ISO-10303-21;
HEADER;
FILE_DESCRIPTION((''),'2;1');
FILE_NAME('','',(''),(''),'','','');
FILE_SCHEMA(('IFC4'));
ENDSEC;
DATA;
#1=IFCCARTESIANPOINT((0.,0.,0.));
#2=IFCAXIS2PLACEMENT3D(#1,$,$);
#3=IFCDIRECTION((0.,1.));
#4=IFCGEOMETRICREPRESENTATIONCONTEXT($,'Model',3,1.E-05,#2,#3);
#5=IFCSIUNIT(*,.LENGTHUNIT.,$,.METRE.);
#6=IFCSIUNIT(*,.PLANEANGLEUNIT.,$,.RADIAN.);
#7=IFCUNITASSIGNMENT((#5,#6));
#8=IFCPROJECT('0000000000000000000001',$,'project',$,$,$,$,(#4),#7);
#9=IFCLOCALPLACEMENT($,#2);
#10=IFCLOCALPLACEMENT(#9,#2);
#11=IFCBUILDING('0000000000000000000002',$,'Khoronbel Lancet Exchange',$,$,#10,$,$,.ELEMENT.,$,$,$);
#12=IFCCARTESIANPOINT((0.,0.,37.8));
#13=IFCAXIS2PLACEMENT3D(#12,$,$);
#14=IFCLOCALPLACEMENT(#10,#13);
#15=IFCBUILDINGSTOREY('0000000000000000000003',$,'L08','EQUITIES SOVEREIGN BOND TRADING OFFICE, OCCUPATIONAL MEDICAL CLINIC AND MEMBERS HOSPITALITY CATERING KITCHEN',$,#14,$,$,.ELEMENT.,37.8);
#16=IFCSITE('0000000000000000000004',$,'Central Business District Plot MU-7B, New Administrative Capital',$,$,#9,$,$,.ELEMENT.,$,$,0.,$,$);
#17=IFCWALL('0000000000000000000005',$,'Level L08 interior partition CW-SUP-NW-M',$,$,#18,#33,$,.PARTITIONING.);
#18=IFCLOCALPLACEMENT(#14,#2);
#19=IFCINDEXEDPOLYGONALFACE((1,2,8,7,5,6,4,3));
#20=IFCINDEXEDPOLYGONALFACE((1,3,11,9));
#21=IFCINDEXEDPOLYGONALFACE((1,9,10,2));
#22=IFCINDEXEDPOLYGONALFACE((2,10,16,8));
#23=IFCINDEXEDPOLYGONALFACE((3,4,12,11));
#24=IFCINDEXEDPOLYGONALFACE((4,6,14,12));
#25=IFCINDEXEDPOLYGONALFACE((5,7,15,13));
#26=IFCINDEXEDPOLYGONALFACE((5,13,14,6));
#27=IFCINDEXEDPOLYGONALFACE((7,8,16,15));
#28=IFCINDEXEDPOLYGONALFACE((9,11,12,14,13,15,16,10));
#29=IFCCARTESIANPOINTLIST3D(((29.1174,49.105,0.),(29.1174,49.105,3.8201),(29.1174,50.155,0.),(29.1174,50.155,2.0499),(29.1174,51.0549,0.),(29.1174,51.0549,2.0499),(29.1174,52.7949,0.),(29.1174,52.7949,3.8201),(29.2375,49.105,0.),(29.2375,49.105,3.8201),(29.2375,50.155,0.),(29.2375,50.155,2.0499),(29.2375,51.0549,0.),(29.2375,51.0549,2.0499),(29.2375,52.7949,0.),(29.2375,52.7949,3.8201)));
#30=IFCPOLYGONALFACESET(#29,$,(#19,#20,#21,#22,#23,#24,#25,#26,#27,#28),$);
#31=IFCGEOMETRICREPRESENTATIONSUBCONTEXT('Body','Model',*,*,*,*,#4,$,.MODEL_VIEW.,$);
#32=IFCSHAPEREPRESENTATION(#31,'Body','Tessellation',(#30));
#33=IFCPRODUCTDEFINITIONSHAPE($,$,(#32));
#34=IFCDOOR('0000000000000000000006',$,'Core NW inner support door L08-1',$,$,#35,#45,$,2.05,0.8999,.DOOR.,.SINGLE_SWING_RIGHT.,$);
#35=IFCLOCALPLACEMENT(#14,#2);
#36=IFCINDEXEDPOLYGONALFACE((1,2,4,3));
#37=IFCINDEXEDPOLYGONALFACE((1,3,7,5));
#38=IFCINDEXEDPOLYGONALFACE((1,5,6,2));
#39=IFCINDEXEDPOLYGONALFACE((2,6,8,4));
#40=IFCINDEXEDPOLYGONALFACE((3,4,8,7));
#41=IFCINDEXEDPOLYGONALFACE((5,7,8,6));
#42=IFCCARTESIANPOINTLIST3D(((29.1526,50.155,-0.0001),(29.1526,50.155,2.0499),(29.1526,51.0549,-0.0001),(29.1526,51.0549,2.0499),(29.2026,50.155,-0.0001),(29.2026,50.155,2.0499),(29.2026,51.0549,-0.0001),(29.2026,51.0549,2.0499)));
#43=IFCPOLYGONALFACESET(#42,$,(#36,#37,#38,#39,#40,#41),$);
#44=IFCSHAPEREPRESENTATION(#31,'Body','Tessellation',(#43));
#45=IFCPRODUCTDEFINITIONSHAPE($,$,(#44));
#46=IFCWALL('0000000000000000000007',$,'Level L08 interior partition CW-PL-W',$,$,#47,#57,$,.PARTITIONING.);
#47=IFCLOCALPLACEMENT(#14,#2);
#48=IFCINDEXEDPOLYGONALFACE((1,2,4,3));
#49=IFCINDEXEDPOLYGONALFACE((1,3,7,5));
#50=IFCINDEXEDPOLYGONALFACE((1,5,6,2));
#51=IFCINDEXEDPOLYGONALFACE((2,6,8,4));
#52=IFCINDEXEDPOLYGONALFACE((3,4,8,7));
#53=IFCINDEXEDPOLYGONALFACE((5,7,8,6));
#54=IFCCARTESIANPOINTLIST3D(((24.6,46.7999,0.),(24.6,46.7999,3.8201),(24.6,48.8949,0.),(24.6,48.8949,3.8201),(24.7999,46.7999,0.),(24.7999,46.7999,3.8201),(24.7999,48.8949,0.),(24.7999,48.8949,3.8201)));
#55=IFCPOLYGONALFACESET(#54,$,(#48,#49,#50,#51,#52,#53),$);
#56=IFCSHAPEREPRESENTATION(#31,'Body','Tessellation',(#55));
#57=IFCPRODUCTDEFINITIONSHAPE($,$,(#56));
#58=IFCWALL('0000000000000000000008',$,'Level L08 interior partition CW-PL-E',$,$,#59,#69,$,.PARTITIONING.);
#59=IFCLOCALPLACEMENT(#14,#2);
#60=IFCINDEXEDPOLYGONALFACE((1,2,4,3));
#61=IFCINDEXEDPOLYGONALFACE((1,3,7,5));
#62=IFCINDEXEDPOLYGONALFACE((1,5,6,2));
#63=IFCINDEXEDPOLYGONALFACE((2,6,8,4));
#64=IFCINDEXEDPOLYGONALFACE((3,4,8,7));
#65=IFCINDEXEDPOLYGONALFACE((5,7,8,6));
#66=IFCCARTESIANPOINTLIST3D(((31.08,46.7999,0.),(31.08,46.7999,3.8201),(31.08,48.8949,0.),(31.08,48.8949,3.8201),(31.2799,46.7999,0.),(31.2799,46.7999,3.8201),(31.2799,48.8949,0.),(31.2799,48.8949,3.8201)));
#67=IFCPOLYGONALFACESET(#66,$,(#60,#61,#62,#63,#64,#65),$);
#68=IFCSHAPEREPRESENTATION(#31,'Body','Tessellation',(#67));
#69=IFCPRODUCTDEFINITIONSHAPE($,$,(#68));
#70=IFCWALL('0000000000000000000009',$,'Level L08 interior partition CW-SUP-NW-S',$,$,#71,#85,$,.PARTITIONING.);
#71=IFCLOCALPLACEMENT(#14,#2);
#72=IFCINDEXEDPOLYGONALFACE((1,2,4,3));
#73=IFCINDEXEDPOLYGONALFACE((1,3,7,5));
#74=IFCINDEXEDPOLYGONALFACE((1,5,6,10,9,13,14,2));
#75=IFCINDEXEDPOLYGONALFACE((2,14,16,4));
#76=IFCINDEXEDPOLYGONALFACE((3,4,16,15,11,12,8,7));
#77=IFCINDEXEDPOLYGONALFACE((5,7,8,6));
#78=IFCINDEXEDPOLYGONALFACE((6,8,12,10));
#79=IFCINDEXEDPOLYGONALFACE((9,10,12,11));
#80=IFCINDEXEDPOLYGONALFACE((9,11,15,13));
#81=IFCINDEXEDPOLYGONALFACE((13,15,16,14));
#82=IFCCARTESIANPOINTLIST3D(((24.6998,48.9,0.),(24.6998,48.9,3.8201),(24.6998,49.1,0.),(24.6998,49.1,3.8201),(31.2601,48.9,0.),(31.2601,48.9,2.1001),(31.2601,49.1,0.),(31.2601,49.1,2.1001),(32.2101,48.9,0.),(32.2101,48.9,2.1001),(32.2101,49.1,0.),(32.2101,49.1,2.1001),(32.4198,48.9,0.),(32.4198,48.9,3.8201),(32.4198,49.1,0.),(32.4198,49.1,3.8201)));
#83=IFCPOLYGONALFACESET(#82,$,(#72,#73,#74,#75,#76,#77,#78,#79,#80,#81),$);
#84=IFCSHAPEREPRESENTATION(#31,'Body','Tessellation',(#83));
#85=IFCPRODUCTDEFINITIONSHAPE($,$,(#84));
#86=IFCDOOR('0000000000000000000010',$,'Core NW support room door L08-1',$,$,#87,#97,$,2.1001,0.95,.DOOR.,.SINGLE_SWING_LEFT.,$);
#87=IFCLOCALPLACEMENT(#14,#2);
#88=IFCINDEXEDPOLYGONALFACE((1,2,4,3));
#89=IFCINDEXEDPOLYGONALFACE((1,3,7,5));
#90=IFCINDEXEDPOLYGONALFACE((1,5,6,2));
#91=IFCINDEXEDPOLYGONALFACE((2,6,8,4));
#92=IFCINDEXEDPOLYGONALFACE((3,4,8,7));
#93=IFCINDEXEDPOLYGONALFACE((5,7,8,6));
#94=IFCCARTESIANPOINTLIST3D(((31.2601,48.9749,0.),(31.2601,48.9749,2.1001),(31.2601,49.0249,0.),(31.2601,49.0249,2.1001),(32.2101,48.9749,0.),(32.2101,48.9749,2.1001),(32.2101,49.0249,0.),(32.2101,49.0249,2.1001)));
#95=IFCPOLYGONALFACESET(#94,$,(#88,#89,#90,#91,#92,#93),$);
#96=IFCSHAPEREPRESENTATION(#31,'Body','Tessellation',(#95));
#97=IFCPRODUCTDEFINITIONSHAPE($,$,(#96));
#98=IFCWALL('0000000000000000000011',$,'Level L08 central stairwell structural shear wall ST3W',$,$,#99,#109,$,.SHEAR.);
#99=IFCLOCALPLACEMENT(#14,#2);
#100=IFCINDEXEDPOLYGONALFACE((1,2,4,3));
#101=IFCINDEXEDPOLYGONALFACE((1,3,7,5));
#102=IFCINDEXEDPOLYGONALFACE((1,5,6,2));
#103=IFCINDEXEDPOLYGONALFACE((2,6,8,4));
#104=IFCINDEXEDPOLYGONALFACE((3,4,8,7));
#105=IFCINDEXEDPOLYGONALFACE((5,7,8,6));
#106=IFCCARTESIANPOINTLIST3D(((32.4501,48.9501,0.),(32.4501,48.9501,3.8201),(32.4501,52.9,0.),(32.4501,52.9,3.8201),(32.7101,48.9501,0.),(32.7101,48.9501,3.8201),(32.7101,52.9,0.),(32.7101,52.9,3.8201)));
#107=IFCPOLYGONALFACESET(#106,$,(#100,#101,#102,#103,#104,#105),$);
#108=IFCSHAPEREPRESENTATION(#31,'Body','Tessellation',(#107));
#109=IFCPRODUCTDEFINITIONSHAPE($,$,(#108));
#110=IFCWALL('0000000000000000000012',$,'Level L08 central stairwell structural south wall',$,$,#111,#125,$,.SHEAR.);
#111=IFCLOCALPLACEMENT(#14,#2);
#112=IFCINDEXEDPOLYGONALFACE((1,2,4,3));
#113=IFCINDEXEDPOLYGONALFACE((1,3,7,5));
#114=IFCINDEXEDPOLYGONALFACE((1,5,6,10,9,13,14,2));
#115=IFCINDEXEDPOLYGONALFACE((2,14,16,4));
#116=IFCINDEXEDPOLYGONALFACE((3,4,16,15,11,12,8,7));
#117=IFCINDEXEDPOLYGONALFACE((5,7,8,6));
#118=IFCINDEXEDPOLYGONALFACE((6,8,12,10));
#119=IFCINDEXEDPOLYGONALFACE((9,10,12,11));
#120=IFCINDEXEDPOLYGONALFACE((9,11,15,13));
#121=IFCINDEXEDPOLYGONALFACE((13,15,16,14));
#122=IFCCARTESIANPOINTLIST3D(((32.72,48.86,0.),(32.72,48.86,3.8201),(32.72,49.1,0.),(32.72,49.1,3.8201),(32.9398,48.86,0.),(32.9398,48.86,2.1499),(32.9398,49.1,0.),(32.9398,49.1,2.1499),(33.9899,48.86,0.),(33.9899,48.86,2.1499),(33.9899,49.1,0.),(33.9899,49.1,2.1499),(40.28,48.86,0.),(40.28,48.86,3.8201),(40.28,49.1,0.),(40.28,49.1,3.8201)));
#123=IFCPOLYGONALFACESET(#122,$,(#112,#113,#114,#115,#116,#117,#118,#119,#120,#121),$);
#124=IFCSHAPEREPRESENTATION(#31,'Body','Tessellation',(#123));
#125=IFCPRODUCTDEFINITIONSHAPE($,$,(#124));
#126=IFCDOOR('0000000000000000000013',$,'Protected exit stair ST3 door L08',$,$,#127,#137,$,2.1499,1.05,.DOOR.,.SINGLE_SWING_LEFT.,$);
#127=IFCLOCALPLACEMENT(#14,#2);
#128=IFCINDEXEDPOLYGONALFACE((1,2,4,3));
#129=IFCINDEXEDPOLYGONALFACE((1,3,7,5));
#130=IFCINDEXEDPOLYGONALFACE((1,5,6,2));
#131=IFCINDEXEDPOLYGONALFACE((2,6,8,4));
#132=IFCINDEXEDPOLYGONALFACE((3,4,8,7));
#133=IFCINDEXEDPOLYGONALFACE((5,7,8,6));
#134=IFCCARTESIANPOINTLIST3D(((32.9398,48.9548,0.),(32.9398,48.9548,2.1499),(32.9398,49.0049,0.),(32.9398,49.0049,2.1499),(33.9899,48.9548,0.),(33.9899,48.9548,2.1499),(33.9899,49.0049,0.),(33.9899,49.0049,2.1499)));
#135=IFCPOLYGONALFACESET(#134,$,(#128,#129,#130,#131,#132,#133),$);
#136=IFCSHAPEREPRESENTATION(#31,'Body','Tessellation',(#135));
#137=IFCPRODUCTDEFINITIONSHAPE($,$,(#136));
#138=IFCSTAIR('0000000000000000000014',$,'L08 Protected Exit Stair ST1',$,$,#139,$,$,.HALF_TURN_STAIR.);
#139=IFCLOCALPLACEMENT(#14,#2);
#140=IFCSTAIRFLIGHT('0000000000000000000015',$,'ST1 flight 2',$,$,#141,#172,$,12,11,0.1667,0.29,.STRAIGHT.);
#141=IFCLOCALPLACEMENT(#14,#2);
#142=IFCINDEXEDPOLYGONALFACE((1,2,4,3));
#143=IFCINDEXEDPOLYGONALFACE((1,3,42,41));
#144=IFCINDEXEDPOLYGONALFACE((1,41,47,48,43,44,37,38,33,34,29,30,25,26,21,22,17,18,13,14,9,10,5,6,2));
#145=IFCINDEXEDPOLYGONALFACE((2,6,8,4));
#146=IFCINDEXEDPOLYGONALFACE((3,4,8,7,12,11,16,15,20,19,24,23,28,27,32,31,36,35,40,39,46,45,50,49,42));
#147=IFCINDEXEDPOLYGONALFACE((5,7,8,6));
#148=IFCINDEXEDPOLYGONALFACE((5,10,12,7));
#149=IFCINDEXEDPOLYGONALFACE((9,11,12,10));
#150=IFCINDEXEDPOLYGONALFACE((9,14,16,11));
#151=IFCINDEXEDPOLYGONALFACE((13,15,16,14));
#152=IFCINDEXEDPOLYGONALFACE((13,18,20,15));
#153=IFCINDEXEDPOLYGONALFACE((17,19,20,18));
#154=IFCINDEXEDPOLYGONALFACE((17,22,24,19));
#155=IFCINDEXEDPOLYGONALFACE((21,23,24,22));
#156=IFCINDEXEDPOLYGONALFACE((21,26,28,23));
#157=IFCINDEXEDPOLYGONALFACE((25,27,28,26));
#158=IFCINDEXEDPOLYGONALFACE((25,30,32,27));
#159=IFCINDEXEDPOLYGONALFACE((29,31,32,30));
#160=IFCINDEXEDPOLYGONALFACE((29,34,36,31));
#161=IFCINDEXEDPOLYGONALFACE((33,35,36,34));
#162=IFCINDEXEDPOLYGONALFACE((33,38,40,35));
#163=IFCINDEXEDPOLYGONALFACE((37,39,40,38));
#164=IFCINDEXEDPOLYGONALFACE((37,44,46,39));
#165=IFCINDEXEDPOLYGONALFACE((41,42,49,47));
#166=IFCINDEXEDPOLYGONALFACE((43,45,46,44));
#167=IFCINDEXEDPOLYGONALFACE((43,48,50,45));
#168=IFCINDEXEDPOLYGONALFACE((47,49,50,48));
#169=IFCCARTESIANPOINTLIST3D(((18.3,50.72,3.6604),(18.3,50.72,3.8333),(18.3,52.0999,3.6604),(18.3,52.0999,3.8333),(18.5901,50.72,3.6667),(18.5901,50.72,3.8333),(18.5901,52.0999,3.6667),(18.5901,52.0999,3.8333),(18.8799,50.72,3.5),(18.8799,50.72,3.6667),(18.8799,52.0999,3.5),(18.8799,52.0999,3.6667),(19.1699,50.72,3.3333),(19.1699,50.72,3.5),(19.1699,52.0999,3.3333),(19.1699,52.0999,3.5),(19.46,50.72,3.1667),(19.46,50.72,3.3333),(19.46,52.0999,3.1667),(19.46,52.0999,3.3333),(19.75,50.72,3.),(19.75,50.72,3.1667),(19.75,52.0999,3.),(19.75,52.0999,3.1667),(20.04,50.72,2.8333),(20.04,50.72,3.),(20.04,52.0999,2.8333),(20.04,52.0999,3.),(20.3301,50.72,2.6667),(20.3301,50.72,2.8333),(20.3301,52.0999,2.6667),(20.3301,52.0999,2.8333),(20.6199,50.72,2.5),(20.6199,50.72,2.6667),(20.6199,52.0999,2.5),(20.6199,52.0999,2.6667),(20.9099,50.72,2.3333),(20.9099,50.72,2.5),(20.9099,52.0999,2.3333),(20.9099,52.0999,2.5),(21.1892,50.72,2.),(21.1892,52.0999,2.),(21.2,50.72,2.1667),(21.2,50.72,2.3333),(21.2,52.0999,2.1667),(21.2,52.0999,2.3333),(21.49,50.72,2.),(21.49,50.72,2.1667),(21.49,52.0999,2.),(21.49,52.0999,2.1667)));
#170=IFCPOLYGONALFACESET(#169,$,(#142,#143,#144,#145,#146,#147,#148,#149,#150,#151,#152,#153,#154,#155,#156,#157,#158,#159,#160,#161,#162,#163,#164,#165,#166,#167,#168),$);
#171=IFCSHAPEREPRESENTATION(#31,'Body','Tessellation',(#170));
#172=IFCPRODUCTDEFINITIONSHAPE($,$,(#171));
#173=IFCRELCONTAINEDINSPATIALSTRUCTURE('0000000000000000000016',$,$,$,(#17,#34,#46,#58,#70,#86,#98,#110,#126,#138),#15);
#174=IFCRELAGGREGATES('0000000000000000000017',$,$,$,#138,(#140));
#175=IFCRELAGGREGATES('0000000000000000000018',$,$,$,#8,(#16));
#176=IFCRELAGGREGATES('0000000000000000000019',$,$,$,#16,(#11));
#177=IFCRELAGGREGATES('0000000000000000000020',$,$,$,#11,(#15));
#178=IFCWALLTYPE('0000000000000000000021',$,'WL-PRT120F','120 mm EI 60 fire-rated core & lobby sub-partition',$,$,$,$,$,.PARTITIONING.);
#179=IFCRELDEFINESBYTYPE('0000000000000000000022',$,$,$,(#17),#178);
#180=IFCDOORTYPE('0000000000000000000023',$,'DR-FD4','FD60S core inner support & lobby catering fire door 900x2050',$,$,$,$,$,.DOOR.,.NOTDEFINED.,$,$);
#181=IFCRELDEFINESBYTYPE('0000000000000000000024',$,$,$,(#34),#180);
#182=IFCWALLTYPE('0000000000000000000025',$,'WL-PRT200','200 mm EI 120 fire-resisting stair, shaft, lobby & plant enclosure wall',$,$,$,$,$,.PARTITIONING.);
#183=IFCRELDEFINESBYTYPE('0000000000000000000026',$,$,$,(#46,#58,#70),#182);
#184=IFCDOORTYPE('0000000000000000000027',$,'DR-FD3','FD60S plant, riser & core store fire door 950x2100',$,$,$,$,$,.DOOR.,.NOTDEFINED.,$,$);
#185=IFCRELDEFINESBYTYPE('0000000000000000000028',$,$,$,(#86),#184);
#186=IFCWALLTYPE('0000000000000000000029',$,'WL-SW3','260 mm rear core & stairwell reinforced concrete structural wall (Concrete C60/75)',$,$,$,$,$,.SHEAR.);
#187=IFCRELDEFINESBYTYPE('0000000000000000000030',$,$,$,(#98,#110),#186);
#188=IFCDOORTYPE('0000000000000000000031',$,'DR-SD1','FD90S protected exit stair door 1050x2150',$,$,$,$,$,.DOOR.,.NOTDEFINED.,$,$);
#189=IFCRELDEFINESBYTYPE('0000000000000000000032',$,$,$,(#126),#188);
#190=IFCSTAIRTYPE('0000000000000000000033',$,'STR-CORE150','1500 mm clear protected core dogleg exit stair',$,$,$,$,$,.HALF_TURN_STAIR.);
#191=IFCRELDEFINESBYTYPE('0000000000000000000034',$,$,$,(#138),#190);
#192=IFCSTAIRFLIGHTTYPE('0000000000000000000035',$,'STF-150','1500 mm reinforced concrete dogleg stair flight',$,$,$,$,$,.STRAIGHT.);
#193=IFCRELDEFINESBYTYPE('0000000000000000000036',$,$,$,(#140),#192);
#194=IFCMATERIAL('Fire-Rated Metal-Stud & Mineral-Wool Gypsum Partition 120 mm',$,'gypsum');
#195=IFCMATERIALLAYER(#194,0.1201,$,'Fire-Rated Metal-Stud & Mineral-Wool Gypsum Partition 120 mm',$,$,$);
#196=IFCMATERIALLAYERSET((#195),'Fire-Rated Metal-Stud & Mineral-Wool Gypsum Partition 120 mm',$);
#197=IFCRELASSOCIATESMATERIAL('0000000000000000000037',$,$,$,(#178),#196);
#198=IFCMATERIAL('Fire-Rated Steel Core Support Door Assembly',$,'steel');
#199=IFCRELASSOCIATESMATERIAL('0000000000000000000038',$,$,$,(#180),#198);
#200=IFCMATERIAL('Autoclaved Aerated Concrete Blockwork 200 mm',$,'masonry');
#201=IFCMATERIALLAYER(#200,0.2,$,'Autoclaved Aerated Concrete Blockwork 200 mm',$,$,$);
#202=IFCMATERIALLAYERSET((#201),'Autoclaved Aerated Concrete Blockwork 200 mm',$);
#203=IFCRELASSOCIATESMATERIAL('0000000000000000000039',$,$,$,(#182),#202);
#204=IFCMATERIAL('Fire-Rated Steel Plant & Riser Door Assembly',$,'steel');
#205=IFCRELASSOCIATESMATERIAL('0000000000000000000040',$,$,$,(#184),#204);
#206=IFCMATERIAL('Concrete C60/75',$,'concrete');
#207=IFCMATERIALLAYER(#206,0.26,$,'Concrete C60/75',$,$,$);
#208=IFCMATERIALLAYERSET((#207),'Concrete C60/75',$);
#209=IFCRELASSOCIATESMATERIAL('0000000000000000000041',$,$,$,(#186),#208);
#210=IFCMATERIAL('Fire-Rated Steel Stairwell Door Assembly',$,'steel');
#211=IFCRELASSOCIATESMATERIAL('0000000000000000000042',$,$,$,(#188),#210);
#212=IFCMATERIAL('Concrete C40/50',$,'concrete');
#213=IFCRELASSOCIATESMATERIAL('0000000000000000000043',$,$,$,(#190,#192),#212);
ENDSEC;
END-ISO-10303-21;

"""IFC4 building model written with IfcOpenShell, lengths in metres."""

from ifc_helpers import new_model, si_unit, direction, frame, frame_2d, origin, place, context, subcontext, project, spatial, polyline, rectangle, outline, extrude, material, layer, layer_set, type_object, element, fill, aggregate, save


model = new_model("IFC4")

# Units and contexts
model_context = context("Model", 3, precision=1e-05, world=origin(), true_north=direction((0.0, 1.0)))
body_context = subcontext(model_context, "Body", "Model", "MODEL_VIEW")
ifc_project = project(units=[si_unit("LENGTHUNIT", "METRE"), si_unit("PLANEANGLEUNIT", "RADIAN")], contexts=[model_context])

# Site, building, storey
site_placement = place(None, origin())
site = spatial("IfcSite", under=ifc_project, at=site_placement, Name="Central Business District Plot MU-7B, New Administrative Capital", CompositionType="ELEMENT", RefElevation=0.0)
building_placement = place(site_placement, origin())
building = spatial("IfcBuilding", under=site, at=building_placement, Name="Khoronbel Lancet Exchange", CompositionType="ELEMENT")
storey_placement = place(building_placement, frame((0.0, 0.0, 37.8)))
storey = spatial("IfcBuildingStorey", under=building, at=storey_placement, Name="L08", Description="EQUITIES SOVEREIGN BOND TRADING OFFICE, OCCUPATIONAL MEDICAL CLINIC AND MEMBERS HOSPITALITY CATERING KITCHEN", CompositionType="ELEMENT", Elevation=37.8)

# Shared definitions
ifc_material_1 = material(Name="Fire-Rated Metal-Stud & Mineral-Wool Gypsum Partition 120 mm", Category="gypsum")
ifc_layer_1 = layer(ifc_material_1, 0.1201, Name="Fire-Rated Metal-Stud & Mineral-Wool Gypsum Partition 120 mm")
ifc_layer_set_1 = layer_set([ifc_layer_1], Name="Fire-Rated Metal-Stud & Mineral-Wool Gypsum Partition 120 mm")
wall_type_1 = type_object("IfcWallType", Name="WL-PRT120F", Description="120 mm EI 60 fire-rated core & lobby sub-partition", PredefinedType="PARTITIONING", material=ifc_layer_set_1)

# Wall, opening, door
wall_1_placement = place(storey_placement, frame((29.1775, 49.105, 0.0), z_axis=(0.0, 0.0, 1.0), x_axis=(0.0, 1.0, 0.0)))
wall_1 = element("IfcWall", 1, at=wall_1_placement, inside=storey, type_object=wall_type_1, Name="Level L08 interior partition CW-SUP-NW-M", PredefinedType="PARTITIONING", context=body_context, shape_type="SweptSolid", body=[
    extrude(rectangle(XDim=3.6899, YDim=0.1201, at=frame_2d((1.845, 0.0))), origin(), (0.0, 0.0, 1.0), 3.8201),
])
opening_1_placement = place(wall_1_placement, frame((1.05, 0.0, 0.0)))
opening_1 = element("IfcOpeningElement", 2, at=opening_1_placement, cuts=wall_1, PredefinedType="OPENING", context=body_context, shape_type="SweptSolid", body=[
    extrude(rectangle(XDim=0.8999, YDim=2.05, at=frame_2d((0.45, 1.0249))), frame((0.0, 0.0701, 0.0), z_axis=(0.0, -1.0, 0.0), x_axis=(1.0, 0.0, 0.0)), (0.0, 0.0, 1.0), 0.1401),
])
ifc_material_2 = material(Name="Fire-Rated Steel Core Support Door Assembly", Category="steel")
door_type_1 = type_object("IfcDoorType", Name="DR-FD4", Description="FD60S core inner support & lobby catering fire door 900x2050", OperationType="NOTDEFINED", PredefinedType="DOOR", material=ifc_material_2)
door_1_placement = place(opening_1_placement, origin())
door_1 = element("IfcDoor", 3, at=door_1_placement, inside=storey, type_object=door_type_1, Name="Core NW inner support door L08-1", OperationType="SINGLE_SWING_RIGHT", OverallHeight=2.05, OverallWidth=0.8999, PredefinedType="DOOR", context=body_context, shape_type="SweptSolid", body=[
    extrude(rectangle(XDim=0.8999, YDim=2.05, at=frame_2d((0.45, 1.0249))), frame((0.0, 0.0249, 0.0), z_axis=(0.0, -1.0, 0.0), x_axis=(1.0, 0.0, 0.0)), (0.0, 0.0, 1.0), 0.05),
])
fill(opening_1, door_1)

# Walls
ifc_material_3 = material(Name="Autoclaved Aerated Concrete Blockwork 200 mm", Category="masonry")
ifc_layer_2 = layer(ifc_material_3, 0.2, Name="Autoclaved Aerated Concrete Blockwork 200 mm")
ifc_layer_set_2 = layer_set([ifc_layer_2], Name="Autoclaved Aerated Concrete Blockwork 200 mm")
wall_type_2 = type_object("IfcWallType", Name="WL-PRT200", Description="200 mm EI 120 fire-resisting stair, shaft, lobby & plant enclosure wall", PredefinedType="PARTITIONING", material=ifc_layer_set_2)
for number, where, z_axis, x_axis, name in (
    (4, (24.7, 46.8, 0.0), (0.0, 0.0, 1.0), (0.0, 1.0, 0.0), "Level L08 interior partition CW-PL-W"),
    (5, (31.1799, 46.8, 0.0), (0.0, 0.0, 1.0), (0.0, 1.0, 0.0), "Level L08 interior partition CW-PL-E"),
):
    element("IfcWall", number, at=place(storey_placement, frame(where, z_axis=z_axis, x_axis=x_axis)), inside=storey, type_object=wall_type_2, Name=name, PredefinedType="PARTITIONING", context=body_context, shape_type="SweptSolid", body=[
        extrude(rectangle(XDim=2.095, YDim=0.2, at=frame_2d((1.0474, 0.0))), origin(), (0.0, 0.0, 1.0), 3.8201),
    ])

# Wall, opening, door
wall_2_placement = place(storey_placement, frame((24.7, 49.0, 0.0), z_axis=(0.0, 0.0, 1.0), x_axis=(1.0, 0.0, 0.0)))
wall_2 = element("IfcWall", 6, at=wall_2_placement, inside=storey, type_object=wall_type_2, Name="Level L08 interior partition CW-SUP-NW-S", PredefinedType="PARTITIONING", context=body_context, shape_type="SweptSolid", body=[
    extrude(rectangle(XDim=7.72, YDim=0.2, at=frame_2d((3.8599, 0.0))), origin(), (0.0, 0.0, 1.0), 3.8201),
])
opening_2_placement = place(wall_2_placement, frame((6.5601, 0.0, 0.0)))
opening_2 = element("IfcOpeningElement", 7, at=opening_2_placement, cuts=wall_2, PredefinedType="OPENING", context=body_context, shape_type="SweptSolid", body=[
    extrude(rectangle(XDim=0.95, YDim=2.1001, at=frame_2d((0.4751, 1.05))), frame((0.0, 0.1099, 0.0), z_axis=(0.0, -1.0, 0.0), x_axis=(1.0, 0.0, 0.0)), (0.0, 0.0, 1.0), 0.22),
])
ifc_material_4 = material(Name="Fire-Rated Steel Plant & Riser Door Assembly", Category="steel")
door_type_2 = type_object("IfcDoorType", Name="DR-FD3", Description="FD60S plant, riser & core store fire door 950x2100", OperationType="NOTDEFINED", PredefinedType="DOOR", material=ifc_material_4)
door_2_placement = place(opening_2_placement, origin())
door_2 = element("IfcDoor", 8, at=door_2_placement, inside=storey, type_object=door_type_2, Name="Core NW support room door L08-1", OperationType="SINGLE_SWING_LEFT", OverallHeight=2.1001, OverallWidth=0.95, PredefinedType="DOOR", context=body_context, shape_type="SweptSolid", body=[
    extrude(rectangle(XDim=0.95, YDim=2.1001, at=frame_2d((0.4751, 1.05))), frame((0.0, 0.0249, 0.0), z_axis=(0.0, -1.0, 0.0), x_axis=(1.0, 0.0, 0.0)), (0.0, 0.0, 1.0), 0.05),
])
fill(opening_2, door_2)

# Wall
ifc_material_5 = material(Name="Concrete C60/75", Category="concrete")
ifc_layer_3 = layer(ifc_material_5, 0.26, Name="Concrete C60/75")
ifc_layer_set_3 = layer_set([ifc_layer_3], Name="Concrete C60/75")
wall_type_3 = type_object("IfcWallType", Name="WL-SW3", Description="260 mm rear core & stairwell reinforced concrete structural wall (Concrete C60/75)", PredefinedType="SHEAR", material=ifc_layer_set_3)
wall_3_placement = place(storey_placement, frame((32.5801, 48.95, 0.0), z_axis=(0.0, 0.0, 1.0), x_axis=(0.0, 1.0, 0.0)))
element("IfcWall", 9, at=wall_3_placement, inside=storey, type_object=wall_type_3, Name="Level L08 central stairwell structural shear wall ST3W", PredefinedType="SHEAR", context=body_context, shape_type="SweptSolid", body=[
    extrude(rectangle(XDim=3.95, YDim=0.26, at=frame_2d((1.9751, 0.0))), origin(), (0.0, 0.0, 1.0), 3.8201),
])

# Wall, opening, door
wall_4_placement = place(storey_placement, frame((32.72, 48.98, 0.0), z_axis=(0.0, 0.0, 1.0), x_axis=(1.0, 0.0, 0.0)))
wall_4 = element("IfcWall", 10, at=wall_4_placement, inside=storey, type_object=wall_type_3, Name="Level L08 central stairwell structural south wall", PredefinedType="SHEAR", context=body_context, shape_type="SweptSolid", body=[
    extrude(rectangle(XDim=7.5601, YDim=0.24, at=frame_2d((3.78, 0.0))), origin(), (0.0, 0.0, 1.0), 3.8201),
])
opening_3_placement = place(wall_4_placement, frame((0.22, 0.0, 0.0)))
opening_3 = element("IfcOpeningElement", 11, at=opening_3_placement, cuts=wall_4, PredefinedType="OPENING", context=body_context, shape_type="SweptSolid", body=[
    extrude(rectangle(XDim=1.05, YDim=2.1499, at=frame_2d((0.5249, 1.075))), frame((0.0, 0.1299, 0.0), z_axis=(0.0, -1.0, 0.0), x_axis=(1.0, 0.0, 0.0)), (0.0, 0.0, 1.0), 0.26),
])
ifc_material_6 = material(Name="Fire-Rated Steel Stairwell Door Assembly", Category="steel")
door_type_3 = type_object("IfcDoorType", Name="DR-SD1", Description="FD90S protected exit stair door 1050x2150", OperationType="NOTDEFINED", PredefinedType="DOOR", material=ifc_material_6)
door_3_placement = place(opening_3_placement, origin())
door_3 = element("IfcDoor", 12, at=door_3_placement, inside=storey, type_object=door_type_3, Name="Protected exit stair ST3 door L08", OperationType="SINGLE_SWING_LEFT", OverallHeight=2.1499, OverallWidth=1.05, PredefinedType="DOOR", context=body_context, shape_type="SweptSolid", body=[
    extrude(rectangle(XDim=1.05, YDim=2.1499, at=frame_2d((0.5249, 1.075))), frame((0.0, 0.0249, 0.0), z_axis=(0.0, -1.0, 0.0), x_axis=(1.0, 0.0, 0.0)), (0.0, 0.0, 1.0), 0.05),
])
fill(opening_3, door_3)

# Stair, stair flight
ifc_material_7 = material(Name="Concrete C40/50", Category="concrete")
stair_type = type_object("IfcStairType", Name="STR-CORE150", Description="1500 mm clear protected core dogleg exit stair", PredefinedType="HALF_TURN_STAIR", material=ifc_material_7)
stair_placement = place(storey_placement, origin())
stair = element("IfcStair", 13, at=stair_placement, inside=storey, type_object=stair_type, Name="L08 Protected Exit Stair ST1", PredefinedType="HALF_TURN_STAIR")
stair_flight_type = type_object("IfcStairFlightType", Name="STF-150", Description="1500 mm reinforced concrete dogleg stair flight", PredefinedType="STRAIGHT", material=ifc_material_7)
stair_flight_placement = place(storey_placement, frame((21.49, 51.4099, 2.0), z_axis=(0.0, 0.0, 1.0), x_axis=(-1.0, 0.0, 0.0)))
stair_flight = element("IfcStairFlight", 14, at=stair_flight_placement, type_object=stair_flight_type, Name="ST1 flight 2", NumberOfRisers=12, NumberOfTreads=11, PredefinedType="STRAIGHT", RiserHeight=0.1667, TreadLength=0.29, context=body_context, shape_type="SweptSolid", body=[
    extrude(outline(polyline([(0.0, 0.0), (0.0, 0.1667), (0.29, 0.1667), (0.29, 0.3333), (0.5801, 0.3333), (0.5801, 0.5), (0.8701, 0.5), (0.8701, 0.6667), (1.1599, 0.6667), (1.1599, 0.8333), (1.45, 0.8333), (1.45, 1.0), (1.74, 1.0), (1.74, 1.1667), (2.03, 1.1667), (2.03, 1.3333), (2.3201, 1.3333), (2.3201, 1.5), (2.6101, 1.5), (2.6101, 1.6667), (2.8999, 1.6667), (2.8999, 1.8333), (3.1899, 1.8333), (3.1899, 2.0), (3.1899, 1.6604), (0.3008, 0.0), (0.0, 0.0)])), frame((0.0, 0.6899, 0.0), z_axis=(0.0, -1.0, 0.0), x_axis=(1.0, 0.0, 0.0)), (0.0, 0.0, 1.0), 1.3799),
])
aggregate(stair, [stair_flight])

save(model, "model.ifc")
